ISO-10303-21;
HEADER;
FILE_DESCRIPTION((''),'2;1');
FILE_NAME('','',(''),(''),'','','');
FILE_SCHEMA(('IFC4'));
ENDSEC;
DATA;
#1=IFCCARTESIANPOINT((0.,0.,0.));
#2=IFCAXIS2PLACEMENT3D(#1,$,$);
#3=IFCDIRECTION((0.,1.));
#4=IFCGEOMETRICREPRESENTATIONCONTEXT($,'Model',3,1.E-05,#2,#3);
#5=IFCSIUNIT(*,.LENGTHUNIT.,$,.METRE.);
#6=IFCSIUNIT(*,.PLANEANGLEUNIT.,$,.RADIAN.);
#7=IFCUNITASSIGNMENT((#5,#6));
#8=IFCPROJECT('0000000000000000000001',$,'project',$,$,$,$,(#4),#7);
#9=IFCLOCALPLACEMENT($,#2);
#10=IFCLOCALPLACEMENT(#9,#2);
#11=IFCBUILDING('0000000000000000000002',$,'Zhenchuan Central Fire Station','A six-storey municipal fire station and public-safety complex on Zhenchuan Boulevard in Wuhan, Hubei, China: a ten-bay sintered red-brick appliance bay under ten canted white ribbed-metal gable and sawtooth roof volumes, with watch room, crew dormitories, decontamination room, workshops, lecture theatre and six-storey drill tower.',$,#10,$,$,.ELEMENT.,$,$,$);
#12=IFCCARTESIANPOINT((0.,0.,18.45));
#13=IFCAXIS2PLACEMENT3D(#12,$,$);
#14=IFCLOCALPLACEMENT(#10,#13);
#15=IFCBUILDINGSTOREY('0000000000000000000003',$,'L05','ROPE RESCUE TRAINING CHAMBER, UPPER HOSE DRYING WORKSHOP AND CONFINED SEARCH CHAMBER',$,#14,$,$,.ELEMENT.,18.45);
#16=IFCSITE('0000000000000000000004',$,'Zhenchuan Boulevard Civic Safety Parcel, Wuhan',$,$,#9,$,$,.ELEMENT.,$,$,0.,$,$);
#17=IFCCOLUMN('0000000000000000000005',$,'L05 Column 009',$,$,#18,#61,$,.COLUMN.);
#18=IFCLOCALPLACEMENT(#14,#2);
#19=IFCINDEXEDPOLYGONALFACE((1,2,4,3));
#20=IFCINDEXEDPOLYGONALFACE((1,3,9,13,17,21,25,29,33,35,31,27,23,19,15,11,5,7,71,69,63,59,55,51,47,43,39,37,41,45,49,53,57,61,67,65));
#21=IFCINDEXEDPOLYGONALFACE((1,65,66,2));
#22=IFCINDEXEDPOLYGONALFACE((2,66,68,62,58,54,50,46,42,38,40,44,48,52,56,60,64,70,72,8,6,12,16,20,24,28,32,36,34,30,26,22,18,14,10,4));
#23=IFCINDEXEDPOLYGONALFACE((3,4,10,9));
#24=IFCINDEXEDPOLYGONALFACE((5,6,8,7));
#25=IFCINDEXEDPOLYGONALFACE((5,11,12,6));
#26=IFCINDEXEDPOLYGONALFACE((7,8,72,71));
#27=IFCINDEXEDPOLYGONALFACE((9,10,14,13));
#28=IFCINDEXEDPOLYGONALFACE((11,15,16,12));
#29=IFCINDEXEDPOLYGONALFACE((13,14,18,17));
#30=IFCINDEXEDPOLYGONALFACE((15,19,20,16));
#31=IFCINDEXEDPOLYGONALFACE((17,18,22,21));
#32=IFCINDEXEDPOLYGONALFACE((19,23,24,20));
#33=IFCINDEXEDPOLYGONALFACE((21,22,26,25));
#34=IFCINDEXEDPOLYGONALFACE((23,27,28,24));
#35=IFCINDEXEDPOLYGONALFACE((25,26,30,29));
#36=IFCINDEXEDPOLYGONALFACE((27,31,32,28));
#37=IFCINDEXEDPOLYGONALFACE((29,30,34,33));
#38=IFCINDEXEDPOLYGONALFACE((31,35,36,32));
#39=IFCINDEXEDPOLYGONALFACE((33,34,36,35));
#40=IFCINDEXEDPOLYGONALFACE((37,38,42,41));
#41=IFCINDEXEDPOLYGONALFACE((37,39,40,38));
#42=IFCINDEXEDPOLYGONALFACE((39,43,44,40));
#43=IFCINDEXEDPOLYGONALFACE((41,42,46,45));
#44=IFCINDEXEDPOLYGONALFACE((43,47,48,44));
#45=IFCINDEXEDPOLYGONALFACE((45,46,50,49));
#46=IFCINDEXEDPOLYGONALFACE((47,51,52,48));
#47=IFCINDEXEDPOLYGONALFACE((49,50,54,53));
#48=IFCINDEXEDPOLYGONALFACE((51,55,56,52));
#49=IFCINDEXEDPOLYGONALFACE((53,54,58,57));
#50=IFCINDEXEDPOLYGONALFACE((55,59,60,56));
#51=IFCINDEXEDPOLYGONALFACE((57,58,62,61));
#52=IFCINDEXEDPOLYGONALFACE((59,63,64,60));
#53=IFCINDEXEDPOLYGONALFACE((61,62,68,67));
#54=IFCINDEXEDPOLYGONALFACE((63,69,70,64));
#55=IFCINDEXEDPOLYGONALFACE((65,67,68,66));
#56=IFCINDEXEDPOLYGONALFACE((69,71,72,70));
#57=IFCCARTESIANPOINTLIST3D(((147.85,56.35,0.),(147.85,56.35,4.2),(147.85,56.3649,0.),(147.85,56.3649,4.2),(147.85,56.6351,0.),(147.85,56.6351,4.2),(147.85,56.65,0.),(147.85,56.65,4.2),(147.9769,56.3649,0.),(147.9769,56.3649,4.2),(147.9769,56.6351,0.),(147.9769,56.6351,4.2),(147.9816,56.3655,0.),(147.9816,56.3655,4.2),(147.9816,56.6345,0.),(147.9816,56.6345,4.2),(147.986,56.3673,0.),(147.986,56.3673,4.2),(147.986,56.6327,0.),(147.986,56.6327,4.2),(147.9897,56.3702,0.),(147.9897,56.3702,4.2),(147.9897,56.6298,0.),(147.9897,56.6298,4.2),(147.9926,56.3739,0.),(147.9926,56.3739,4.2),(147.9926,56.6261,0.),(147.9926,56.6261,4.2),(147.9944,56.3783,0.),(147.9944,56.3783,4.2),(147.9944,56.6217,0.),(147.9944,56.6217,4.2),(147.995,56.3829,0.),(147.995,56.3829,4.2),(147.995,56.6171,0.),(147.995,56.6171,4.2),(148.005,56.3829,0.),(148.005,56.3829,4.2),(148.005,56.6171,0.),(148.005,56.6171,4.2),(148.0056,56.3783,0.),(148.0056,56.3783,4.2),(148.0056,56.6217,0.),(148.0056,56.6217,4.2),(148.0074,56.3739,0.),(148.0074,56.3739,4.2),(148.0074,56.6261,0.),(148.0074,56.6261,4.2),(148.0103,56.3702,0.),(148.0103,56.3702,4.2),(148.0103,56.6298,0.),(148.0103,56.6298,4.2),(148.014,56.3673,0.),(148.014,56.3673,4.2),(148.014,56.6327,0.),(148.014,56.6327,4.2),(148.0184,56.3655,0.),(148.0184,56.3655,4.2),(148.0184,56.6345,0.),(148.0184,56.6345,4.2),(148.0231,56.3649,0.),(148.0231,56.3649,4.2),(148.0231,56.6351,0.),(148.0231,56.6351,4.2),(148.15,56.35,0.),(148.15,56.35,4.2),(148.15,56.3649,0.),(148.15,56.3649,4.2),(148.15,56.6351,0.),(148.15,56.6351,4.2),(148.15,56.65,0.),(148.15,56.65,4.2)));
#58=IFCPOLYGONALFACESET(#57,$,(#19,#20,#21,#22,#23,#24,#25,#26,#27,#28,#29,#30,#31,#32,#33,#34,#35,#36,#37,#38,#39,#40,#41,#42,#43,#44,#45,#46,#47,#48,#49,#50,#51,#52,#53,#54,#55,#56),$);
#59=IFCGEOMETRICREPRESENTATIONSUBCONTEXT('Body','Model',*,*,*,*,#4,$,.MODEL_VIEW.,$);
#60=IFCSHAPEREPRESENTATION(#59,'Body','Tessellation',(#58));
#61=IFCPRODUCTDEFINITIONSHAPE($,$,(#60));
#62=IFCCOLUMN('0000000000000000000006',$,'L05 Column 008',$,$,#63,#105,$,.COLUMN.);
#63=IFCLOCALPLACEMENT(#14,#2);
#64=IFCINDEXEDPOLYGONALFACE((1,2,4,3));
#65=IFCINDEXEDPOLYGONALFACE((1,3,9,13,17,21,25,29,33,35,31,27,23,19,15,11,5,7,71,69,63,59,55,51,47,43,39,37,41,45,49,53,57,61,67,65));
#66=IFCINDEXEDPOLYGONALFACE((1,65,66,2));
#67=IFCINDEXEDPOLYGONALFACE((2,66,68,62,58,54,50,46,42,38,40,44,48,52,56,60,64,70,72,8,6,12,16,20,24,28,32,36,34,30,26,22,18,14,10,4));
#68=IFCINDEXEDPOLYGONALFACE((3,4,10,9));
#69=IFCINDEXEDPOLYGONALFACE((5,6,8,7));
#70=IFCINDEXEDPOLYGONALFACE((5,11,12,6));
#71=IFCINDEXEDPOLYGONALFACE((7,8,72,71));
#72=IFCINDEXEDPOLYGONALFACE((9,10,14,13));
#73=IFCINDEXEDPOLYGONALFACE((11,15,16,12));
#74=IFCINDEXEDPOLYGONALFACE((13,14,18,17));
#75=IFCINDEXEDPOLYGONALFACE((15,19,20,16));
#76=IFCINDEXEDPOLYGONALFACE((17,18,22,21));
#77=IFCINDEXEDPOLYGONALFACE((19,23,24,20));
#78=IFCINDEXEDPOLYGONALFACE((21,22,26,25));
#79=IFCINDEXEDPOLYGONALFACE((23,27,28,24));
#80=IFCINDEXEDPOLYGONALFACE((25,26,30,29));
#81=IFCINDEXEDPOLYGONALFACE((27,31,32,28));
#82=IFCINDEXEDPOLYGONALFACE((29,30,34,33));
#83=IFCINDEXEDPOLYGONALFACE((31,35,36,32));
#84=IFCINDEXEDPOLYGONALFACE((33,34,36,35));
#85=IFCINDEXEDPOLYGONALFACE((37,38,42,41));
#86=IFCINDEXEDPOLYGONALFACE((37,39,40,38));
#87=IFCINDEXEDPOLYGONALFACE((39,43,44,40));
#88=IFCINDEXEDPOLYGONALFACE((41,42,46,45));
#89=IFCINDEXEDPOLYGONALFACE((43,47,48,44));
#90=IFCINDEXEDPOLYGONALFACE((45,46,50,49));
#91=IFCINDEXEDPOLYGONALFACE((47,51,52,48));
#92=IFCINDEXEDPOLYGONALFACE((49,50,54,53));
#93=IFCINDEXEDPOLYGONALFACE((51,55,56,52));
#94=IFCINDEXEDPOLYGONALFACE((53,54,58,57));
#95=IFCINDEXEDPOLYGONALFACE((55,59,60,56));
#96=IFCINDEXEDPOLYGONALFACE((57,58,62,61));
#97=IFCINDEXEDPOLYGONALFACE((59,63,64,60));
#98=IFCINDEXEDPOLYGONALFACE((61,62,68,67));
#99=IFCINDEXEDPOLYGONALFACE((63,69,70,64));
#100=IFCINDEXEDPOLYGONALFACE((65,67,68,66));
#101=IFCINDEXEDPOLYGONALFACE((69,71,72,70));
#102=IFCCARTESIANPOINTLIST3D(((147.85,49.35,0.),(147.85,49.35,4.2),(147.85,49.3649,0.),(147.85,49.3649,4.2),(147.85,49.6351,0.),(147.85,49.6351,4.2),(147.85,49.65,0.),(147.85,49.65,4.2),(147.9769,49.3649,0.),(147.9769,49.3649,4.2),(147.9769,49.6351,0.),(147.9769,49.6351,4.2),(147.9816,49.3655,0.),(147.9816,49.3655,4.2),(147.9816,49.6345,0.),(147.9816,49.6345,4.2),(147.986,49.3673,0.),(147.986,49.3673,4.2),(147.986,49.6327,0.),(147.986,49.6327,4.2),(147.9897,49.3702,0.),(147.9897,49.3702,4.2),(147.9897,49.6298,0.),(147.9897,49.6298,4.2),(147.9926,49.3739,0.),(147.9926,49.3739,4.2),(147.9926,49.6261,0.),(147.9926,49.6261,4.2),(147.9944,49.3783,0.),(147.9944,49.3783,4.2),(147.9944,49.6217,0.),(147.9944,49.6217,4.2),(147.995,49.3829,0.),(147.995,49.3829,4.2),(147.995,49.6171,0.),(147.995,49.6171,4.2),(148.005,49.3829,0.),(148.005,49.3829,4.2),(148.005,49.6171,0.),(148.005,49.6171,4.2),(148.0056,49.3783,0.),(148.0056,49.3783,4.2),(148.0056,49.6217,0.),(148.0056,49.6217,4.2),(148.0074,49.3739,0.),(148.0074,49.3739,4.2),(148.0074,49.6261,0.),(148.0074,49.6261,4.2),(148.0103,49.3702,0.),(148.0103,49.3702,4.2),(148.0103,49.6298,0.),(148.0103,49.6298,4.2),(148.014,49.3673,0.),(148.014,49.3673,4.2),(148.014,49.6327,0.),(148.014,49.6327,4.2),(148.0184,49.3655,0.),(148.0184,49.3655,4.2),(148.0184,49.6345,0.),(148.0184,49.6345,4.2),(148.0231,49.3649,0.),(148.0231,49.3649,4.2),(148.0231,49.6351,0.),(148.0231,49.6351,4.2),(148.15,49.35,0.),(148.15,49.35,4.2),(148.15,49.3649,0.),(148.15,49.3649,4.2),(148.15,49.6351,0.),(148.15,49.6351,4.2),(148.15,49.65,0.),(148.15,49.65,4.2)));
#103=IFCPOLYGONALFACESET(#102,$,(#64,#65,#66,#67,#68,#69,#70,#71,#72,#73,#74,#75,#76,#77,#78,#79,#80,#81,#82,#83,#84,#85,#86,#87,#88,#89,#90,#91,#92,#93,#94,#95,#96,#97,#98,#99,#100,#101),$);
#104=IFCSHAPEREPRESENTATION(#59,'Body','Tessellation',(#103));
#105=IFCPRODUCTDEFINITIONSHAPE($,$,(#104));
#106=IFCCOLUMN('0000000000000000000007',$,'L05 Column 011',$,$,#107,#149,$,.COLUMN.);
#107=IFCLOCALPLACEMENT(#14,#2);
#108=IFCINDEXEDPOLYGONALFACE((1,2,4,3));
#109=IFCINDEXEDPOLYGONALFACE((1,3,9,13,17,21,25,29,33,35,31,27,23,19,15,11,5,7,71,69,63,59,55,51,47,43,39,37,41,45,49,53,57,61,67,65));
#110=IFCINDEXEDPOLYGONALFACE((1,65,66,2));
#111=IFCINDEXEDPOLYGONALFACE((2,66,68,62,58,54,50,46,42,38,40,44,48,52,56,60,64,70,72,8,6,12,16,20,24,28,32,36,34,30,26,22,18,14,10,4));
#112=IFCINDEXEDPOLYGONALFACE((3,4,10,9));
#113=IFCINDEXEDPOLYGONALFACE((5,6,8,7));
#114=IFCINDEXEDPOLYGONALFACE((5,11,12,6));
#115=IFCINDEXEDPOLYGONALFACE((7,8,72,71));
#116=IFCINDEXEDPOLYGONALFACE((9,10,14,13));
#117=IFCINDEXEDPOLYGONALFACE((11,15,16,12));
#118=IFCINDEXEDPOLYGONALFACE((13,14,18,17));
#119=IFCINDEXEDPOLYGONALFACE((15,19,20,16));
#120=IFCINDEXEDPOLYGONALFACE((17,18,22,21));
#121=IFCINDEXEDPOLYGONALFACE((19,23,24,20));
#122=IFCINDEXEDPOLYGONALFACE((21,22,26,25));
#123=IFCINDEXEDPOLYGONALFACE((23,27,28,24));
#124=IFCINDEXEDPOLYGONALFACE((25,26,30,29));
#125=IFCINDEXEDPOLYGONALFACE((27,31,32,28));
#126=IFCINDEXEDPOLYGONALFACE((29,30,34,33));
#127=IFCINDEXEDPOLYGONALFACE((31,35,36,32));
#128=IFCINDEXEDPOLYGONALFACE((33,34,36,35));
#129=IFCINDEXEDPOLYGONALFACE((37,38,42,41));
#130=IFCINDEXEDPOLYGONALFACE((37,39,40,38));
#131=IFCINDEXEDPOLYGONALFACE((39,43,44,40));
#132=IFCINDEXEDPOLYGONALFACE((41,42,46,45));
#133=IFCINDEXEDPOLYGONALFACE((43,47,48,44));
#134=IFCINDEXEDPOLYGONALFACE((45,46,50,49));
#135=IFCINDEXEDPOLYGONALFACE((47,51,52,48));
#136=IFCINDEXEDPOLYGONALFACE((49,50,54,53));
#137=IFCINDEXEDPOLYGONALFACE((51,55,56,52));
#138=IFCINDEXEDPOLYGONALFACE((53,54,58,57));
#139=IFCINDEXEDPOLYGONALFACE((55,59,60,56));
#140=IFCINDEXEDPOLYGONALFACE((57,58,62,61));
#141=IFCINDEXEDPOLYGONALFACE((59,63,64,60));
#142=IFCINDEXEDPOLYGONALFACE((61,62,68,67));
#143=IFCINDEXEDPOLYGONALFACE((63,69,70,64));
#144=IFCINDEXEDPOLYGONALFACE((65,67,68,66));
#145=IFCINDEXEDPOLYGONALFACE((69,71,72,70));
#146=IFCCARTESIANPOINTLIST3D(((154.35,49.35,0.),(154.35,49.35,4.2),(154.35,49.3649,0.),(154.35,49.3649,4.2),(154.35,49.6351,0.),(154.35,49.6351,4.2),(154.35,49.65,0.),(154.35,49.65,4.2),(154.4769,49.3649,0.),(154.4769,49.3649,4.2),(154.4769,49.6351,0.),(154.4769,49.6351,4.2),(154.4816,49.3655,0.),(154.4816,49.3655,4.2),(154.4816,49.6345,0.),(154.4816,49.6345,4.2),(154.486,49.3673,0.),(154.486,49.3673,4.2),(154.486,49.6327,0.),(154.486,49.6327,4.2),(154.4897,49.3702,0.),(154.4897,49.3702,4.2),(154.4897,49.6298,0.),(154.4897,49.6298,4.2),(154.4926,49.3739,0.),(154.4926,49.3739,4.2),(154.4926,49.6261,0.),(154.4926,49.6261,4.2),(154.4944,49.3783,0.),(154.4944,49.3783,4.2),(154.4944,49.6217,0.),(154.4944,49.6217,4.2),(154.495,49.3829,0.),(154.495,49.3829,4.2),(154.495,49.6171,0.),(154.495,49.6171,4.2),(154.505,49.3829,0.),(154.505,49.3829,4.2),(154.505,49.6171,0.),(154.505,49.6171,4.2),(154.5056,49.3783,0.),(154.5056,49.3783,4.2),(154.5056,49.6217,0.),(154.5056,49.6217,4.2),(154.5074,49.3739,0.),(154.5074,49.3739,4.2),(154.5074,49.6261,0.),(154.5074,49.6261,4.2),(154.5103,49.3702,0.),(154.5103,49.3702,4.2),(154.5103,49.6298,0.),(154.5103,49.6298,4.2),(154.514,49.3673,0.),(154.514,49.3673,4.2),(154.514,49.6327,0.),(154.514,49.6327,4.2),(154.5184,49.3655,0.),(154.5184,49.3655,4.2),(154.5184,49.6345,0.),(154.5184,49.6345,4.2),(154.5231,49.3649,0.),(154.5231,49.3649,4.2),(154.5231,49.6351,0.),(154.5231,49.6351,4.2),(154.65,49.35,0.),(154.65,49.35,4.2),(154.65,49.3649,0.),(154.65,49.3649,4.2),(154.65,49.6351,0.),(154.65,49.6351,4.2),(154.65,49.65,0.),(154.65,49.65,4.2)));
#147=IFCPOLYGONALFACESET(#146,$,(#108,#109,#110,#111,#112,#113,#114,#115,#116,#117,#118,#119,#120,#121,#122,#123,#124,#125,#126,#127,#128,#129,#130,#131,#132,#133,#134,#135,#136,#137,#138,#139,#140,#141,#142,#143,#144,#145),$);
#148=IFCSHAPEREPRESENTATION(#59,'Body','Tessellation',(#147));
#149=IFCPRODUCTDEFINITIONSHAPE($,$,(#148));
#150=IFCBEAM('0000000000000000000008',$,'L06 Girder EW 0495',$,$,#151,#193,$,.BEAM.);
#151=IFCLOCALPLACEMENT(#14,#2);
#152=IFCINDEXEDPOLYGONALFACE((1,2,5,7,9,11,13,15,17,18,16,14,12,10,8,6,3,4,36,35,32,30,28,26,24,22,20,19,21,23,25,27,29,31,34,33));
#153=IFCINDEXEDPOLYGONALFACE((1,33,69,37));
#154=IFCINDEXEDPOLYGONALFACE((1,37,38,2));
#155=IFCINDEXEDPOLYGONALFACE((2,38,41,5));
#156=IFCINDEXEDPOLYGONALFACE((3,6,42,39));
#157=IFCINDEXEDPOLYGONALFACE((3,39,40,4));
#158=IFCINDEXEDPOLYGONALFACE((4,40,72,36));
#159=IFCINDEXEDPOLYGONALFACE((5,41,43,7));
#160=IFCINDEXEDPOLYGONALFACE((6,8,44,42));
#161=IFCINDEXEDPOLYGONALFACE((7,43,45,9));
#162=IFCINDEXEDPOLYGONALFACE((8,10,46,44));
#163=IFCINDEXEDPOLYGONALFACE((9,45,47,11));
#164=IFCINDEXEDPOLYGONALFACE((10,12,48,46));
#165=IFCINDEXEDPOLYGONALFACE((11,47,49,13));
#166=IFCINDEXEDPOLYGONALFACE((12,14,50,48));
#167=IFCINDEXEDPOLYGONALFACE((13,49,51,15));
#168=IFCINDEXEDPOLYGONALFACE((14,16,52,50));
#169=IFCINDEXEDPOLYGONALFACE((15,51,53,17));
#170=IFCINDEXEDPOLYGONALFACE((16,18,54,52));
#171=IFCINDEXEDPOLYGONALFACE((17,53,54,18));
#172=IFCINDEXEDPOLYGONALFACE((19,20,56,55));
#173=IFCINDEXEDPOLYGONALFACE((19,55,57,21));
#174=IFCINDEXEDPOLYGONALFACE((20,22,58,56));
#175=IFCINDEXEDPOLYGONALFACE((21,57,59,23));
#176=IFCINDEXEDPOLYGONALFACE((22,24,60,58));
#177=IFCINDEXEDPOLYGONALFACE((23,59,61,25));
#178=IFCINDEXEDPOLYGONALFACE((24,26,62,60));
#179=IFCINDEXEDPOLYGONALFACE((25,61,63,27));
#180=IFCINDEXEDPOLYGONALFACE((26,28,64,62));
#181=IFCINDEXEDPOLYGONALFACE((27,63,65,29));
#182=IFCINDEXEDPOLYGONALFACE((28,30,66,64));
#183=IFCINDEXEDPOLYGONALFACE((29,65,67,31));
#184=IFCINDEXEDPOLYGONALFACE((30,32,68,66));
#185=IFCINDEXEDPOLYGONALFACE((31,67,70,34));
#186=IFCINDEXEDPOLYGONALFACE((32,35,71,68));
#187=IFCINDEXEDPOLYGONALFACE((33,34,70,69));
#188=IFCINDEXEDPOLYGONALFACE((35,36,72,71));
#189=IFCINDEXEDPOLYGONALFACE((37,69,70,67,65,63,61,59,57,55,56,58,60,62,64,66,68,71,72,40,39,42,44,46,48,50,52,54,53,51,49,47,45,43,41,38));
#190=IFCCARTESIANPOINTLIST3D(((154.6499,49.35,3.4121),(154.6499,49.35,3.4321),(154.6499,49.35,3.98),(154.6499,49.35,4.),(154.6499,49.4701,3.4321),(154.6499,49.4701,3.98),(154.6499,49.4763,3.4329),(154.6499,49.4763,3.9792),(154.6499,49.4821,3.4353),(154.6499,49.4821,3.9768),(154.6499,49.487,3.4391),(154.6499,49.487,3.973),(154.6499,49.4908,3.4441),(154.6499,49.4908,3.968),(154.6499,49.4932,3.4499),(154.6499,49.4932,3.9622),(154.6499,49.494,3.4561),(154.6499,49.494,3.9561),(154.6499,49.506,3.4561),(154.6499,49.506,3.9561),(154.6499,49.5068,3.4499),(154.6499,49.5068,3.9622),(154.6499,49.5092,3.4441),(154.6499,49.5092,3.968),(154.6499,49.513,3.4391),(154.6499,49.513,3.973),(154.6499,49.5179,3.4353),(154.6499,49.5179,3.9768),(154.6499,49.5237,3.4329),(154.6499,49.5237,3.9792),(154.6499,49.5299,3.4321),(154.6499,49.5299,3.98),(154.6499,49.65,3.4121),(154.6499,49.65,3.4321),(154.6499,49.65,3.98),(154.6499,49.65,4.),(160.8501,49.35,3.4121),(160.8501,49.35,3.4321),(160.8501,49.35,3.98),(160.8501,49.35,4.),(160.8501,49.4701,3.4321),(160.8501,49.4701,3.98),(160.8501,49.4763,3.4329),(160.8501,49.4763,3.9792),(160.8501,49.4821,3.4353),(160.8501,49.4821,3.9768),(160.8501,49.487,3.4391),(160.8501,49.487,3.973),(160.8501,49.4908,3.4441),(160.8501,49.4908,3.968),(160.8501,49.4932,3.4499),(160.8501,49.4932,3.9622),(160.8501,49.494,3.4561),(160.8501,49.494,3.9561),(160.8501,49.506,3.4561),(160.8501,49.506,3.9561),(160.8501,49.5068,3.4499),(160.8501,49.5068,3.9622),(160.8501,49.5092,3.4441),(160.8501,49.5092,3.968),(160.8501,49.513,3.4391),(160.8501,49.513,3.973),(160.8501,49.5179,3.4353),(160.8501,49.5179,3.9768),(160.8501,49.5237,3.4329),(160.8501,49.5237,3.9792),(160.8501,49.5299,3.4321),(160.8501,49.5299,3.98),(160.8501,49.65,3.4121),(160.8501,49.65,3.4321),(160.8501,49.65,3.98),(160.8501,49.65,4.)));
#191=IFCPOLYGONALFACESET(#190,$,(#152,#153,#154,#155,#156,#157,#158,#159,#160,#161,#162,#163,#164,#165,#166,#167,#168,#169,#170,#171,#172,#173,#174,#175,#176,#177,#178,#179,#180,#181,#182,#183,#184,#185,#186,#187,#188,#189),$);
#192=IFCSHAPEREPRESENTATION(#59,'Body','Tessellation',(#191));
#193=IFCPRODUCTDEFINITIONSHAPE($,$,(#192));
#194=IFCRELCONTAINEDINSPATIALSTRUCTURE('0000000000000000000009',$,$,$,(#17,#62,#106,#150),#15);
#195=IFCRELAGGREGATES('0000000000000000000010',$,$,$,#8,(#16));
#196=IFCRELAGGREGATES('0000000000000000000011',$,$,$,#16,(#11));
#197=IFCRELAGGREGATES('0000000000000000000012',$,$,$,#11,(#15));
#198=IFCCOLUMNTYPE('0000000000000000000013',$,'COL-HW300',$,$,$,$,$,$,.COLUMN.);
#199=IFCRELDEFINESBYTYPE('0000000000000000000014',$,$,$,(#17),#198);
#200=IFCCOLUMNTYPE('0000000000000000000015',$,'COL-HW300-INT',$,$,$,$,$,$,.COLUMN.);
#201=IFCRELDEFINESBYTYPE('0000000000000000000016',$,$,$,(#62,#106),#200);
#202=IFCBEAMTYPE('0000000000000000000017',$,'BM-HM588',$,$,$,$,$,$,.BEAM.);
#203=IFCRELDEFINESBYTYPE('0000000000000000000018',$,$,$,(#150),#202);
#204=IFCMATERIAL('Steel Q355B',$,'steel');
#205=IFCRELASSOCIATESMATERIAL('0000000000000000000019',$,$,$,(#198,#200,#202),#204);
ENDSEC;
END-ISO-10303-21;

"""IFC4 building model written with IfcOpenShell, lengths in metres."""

from ifc_helpers import new_model, si_unit, direction, frame, origin, origin_2d, place, context, subcontext, project, spatial, i_section, extrude, material, material_profile, profile_set, type_object, element, save


model = new_model("IFC4")

# Units and contexts
model_context = context("Model", 3, precision=1e-05, world=origin(), true_north=direction((0.0, 1.0)))
body_context = subcontext(model_context, "Body", "Model", "MODEL_VIEW")
ifc_project = project(units=[si_unit("LENGTHUNIT", "METRE"), si_unit("PLANEANGLEUNIT", "RADIAN")], contexts=[model_context])

# Site, building, storey
site_placement = place(None, origin())
site = spatial("IfcSite", under=ifc_project, at=site_placement, Name="Zhenchuan Boulevard Civic Safety Parcel, Wuhan", CompositionType="ELEMENT", RefElevation=0.0)
building_placement = place(site_placement, origin())
building = spatial("IfcBuilding", under=site, at=building_placement, Name="Zhenchuan Central Fire Station", Description="A six-storey municipal fire station and public-safety complex on Zhenchuan Boulevard in Wuhan, Hubei, China: a ten-bay sintered red-brick appliance bay under ten canted white ribbed-metal gable and sawtooth roof volumes, with watch room, crew dormitories, decontamination room, workshops, lecture theatre and six-storey drill tower.", CompositionType="ELEMENT")
storey_placement = place(building_placement, frame((0.0, 0.0, 18.45)))
storey = spatial("IfcBuildingStorey", under=building, at=storey_placement, Name="L05", Description="ROPE RESCUE TRAINING CHAMBER, UPPER HOSE DRYING WORKSHOP AND CONFINED SEARCH CHAMBER", CompositionType="ELEMENT", Elevation=18.45)

# Columns
ifc_material_1 = material(Name="Steel Q355B", Category="steel")
ifc_material_profile_1 = material_profile(ifc_material_1, i_section(OverallWidth=0.3, OverallDepth=0.3, WebThickness=0.01, FlangeThickness=0.0149, FilletRadius=0.0181, at=origin_2d()), Name="HW 300x300")
ifc_profile_set_1 = profile_set([ifc_material_profile_1], Name="Steel Q355B")
column_type_1 = type_object("IfcColumnType", Name="COL-HW300", PredefinedType="COLUMN", material=ifc_profile_set_1)
column_placement = place(storey_placement, frame((148.0, 56.5, 0.0), z_axis=(0.0, 0.0, 1.0), x_axis=(1.0, 0.0, 0.0)))
element("IfcColumn", 1, at=column_placement, inside=storey, type_object=column_type_1, Name="L05 Column 009", PredefinedType="COLUMN", context=body_context, shape_type="SweptSolid", body=[
    extrude(i_section(OverallWidth=0.3, OverallDepth=0.3, WebThickness=0.01, FlangeThickness=0.0149, FilletRadius=0.0181, at=origin_2d()), origin(), (0.0, 0.0, 1.0), 4.2),
])
ifc_material_profile_2 = material_profile(ifc_material_1, i_section(OverallWidth=0.3, OverallDepth=0.3, WebThickness=0.01, FlangeThickness=0.0149, FilletRadius=0.0181, at=origin_2d()), Name="HW 300x300")
ifc_profile_set_2 = profile_set([ifc_material_profile_2], Name="Steel Q355B")
column_type_2 = type_object("IfcColumnType", Name="COL-HW300-INT", PredefinedType="COLUMN", material=ifc_profile_set_2)
for number, where, z_axis, x_axis, name in (
    (2, (148.0, 49.5, 0.0), (0.0, 0.0, 1.0), (1.0, 0.0, 0.0), "L05 Column 008"),
    (3, (154.5, 49.5, 0.0), (0.0, 0.0, 1.0), (1.0, 0.0, 0.0), "L05 Column 011"),
):
    element("IfcColumn", number, at=place(storey_placement, frame(where, z_axis=z_axis, x_axis=x_axis)), inside=storey, type_object=column_type_2, Name=name, PredefinedType="COLUMN", context=body_context, shape_type="SweptSolid", body=[
        extrude(i_section(OverallWidth=0.3, OverallDepth=0.3, WebThickness=0.01, FlangeThickness=0.0149, FilletRadius=0.0181, at=origin_2d()), origin(), (0.0, 0.0, 1.0), 4.2),
    ])

# Beam
ifc_material_profile_3 = material_profile(ifc_material_1, i_section(OverallWidth=0.3, OverallDepth=0.5879, WebThickness=0.012, FlangeThickness=0.02, FilletRadius=0.0239, at=origin_2d()), Name="HM 588x300")
ifc_profile_set_3 = profile_set([ifc_material_profile_3], Name="Steel Q355B")
beam_type_1 = type_object("IfcBeamType", Name="BM-HM588", PredefinedType="BEAM", material=ifc_profile_set_3)
beam_1_placement = place(storey_placement, frame((154.6499, 49.5, 3.7061), z_axis=(1.0, 0.0, 0.0), x_axis=(0.0, 1.0, 0.0)))
element("IfcBeam", 4, at=beam_1_placement, inside=storey, type_object=beam_type_1, Name="L06 Girder EW 0495", PredefinedType="BEAM", context=body_context, shape_type="SweptSolid", body=[
    extrude(i_section(OverallWidth=0.3, OverallDepth=0.5879, WebThickness=0.012, FlangeThickness=0.02, FilletRadius=0.0239, at=origin_2d()), origin(), (0.0, 0.0, 1.0), 6.2002),
])

save(model, "model.ifc")
